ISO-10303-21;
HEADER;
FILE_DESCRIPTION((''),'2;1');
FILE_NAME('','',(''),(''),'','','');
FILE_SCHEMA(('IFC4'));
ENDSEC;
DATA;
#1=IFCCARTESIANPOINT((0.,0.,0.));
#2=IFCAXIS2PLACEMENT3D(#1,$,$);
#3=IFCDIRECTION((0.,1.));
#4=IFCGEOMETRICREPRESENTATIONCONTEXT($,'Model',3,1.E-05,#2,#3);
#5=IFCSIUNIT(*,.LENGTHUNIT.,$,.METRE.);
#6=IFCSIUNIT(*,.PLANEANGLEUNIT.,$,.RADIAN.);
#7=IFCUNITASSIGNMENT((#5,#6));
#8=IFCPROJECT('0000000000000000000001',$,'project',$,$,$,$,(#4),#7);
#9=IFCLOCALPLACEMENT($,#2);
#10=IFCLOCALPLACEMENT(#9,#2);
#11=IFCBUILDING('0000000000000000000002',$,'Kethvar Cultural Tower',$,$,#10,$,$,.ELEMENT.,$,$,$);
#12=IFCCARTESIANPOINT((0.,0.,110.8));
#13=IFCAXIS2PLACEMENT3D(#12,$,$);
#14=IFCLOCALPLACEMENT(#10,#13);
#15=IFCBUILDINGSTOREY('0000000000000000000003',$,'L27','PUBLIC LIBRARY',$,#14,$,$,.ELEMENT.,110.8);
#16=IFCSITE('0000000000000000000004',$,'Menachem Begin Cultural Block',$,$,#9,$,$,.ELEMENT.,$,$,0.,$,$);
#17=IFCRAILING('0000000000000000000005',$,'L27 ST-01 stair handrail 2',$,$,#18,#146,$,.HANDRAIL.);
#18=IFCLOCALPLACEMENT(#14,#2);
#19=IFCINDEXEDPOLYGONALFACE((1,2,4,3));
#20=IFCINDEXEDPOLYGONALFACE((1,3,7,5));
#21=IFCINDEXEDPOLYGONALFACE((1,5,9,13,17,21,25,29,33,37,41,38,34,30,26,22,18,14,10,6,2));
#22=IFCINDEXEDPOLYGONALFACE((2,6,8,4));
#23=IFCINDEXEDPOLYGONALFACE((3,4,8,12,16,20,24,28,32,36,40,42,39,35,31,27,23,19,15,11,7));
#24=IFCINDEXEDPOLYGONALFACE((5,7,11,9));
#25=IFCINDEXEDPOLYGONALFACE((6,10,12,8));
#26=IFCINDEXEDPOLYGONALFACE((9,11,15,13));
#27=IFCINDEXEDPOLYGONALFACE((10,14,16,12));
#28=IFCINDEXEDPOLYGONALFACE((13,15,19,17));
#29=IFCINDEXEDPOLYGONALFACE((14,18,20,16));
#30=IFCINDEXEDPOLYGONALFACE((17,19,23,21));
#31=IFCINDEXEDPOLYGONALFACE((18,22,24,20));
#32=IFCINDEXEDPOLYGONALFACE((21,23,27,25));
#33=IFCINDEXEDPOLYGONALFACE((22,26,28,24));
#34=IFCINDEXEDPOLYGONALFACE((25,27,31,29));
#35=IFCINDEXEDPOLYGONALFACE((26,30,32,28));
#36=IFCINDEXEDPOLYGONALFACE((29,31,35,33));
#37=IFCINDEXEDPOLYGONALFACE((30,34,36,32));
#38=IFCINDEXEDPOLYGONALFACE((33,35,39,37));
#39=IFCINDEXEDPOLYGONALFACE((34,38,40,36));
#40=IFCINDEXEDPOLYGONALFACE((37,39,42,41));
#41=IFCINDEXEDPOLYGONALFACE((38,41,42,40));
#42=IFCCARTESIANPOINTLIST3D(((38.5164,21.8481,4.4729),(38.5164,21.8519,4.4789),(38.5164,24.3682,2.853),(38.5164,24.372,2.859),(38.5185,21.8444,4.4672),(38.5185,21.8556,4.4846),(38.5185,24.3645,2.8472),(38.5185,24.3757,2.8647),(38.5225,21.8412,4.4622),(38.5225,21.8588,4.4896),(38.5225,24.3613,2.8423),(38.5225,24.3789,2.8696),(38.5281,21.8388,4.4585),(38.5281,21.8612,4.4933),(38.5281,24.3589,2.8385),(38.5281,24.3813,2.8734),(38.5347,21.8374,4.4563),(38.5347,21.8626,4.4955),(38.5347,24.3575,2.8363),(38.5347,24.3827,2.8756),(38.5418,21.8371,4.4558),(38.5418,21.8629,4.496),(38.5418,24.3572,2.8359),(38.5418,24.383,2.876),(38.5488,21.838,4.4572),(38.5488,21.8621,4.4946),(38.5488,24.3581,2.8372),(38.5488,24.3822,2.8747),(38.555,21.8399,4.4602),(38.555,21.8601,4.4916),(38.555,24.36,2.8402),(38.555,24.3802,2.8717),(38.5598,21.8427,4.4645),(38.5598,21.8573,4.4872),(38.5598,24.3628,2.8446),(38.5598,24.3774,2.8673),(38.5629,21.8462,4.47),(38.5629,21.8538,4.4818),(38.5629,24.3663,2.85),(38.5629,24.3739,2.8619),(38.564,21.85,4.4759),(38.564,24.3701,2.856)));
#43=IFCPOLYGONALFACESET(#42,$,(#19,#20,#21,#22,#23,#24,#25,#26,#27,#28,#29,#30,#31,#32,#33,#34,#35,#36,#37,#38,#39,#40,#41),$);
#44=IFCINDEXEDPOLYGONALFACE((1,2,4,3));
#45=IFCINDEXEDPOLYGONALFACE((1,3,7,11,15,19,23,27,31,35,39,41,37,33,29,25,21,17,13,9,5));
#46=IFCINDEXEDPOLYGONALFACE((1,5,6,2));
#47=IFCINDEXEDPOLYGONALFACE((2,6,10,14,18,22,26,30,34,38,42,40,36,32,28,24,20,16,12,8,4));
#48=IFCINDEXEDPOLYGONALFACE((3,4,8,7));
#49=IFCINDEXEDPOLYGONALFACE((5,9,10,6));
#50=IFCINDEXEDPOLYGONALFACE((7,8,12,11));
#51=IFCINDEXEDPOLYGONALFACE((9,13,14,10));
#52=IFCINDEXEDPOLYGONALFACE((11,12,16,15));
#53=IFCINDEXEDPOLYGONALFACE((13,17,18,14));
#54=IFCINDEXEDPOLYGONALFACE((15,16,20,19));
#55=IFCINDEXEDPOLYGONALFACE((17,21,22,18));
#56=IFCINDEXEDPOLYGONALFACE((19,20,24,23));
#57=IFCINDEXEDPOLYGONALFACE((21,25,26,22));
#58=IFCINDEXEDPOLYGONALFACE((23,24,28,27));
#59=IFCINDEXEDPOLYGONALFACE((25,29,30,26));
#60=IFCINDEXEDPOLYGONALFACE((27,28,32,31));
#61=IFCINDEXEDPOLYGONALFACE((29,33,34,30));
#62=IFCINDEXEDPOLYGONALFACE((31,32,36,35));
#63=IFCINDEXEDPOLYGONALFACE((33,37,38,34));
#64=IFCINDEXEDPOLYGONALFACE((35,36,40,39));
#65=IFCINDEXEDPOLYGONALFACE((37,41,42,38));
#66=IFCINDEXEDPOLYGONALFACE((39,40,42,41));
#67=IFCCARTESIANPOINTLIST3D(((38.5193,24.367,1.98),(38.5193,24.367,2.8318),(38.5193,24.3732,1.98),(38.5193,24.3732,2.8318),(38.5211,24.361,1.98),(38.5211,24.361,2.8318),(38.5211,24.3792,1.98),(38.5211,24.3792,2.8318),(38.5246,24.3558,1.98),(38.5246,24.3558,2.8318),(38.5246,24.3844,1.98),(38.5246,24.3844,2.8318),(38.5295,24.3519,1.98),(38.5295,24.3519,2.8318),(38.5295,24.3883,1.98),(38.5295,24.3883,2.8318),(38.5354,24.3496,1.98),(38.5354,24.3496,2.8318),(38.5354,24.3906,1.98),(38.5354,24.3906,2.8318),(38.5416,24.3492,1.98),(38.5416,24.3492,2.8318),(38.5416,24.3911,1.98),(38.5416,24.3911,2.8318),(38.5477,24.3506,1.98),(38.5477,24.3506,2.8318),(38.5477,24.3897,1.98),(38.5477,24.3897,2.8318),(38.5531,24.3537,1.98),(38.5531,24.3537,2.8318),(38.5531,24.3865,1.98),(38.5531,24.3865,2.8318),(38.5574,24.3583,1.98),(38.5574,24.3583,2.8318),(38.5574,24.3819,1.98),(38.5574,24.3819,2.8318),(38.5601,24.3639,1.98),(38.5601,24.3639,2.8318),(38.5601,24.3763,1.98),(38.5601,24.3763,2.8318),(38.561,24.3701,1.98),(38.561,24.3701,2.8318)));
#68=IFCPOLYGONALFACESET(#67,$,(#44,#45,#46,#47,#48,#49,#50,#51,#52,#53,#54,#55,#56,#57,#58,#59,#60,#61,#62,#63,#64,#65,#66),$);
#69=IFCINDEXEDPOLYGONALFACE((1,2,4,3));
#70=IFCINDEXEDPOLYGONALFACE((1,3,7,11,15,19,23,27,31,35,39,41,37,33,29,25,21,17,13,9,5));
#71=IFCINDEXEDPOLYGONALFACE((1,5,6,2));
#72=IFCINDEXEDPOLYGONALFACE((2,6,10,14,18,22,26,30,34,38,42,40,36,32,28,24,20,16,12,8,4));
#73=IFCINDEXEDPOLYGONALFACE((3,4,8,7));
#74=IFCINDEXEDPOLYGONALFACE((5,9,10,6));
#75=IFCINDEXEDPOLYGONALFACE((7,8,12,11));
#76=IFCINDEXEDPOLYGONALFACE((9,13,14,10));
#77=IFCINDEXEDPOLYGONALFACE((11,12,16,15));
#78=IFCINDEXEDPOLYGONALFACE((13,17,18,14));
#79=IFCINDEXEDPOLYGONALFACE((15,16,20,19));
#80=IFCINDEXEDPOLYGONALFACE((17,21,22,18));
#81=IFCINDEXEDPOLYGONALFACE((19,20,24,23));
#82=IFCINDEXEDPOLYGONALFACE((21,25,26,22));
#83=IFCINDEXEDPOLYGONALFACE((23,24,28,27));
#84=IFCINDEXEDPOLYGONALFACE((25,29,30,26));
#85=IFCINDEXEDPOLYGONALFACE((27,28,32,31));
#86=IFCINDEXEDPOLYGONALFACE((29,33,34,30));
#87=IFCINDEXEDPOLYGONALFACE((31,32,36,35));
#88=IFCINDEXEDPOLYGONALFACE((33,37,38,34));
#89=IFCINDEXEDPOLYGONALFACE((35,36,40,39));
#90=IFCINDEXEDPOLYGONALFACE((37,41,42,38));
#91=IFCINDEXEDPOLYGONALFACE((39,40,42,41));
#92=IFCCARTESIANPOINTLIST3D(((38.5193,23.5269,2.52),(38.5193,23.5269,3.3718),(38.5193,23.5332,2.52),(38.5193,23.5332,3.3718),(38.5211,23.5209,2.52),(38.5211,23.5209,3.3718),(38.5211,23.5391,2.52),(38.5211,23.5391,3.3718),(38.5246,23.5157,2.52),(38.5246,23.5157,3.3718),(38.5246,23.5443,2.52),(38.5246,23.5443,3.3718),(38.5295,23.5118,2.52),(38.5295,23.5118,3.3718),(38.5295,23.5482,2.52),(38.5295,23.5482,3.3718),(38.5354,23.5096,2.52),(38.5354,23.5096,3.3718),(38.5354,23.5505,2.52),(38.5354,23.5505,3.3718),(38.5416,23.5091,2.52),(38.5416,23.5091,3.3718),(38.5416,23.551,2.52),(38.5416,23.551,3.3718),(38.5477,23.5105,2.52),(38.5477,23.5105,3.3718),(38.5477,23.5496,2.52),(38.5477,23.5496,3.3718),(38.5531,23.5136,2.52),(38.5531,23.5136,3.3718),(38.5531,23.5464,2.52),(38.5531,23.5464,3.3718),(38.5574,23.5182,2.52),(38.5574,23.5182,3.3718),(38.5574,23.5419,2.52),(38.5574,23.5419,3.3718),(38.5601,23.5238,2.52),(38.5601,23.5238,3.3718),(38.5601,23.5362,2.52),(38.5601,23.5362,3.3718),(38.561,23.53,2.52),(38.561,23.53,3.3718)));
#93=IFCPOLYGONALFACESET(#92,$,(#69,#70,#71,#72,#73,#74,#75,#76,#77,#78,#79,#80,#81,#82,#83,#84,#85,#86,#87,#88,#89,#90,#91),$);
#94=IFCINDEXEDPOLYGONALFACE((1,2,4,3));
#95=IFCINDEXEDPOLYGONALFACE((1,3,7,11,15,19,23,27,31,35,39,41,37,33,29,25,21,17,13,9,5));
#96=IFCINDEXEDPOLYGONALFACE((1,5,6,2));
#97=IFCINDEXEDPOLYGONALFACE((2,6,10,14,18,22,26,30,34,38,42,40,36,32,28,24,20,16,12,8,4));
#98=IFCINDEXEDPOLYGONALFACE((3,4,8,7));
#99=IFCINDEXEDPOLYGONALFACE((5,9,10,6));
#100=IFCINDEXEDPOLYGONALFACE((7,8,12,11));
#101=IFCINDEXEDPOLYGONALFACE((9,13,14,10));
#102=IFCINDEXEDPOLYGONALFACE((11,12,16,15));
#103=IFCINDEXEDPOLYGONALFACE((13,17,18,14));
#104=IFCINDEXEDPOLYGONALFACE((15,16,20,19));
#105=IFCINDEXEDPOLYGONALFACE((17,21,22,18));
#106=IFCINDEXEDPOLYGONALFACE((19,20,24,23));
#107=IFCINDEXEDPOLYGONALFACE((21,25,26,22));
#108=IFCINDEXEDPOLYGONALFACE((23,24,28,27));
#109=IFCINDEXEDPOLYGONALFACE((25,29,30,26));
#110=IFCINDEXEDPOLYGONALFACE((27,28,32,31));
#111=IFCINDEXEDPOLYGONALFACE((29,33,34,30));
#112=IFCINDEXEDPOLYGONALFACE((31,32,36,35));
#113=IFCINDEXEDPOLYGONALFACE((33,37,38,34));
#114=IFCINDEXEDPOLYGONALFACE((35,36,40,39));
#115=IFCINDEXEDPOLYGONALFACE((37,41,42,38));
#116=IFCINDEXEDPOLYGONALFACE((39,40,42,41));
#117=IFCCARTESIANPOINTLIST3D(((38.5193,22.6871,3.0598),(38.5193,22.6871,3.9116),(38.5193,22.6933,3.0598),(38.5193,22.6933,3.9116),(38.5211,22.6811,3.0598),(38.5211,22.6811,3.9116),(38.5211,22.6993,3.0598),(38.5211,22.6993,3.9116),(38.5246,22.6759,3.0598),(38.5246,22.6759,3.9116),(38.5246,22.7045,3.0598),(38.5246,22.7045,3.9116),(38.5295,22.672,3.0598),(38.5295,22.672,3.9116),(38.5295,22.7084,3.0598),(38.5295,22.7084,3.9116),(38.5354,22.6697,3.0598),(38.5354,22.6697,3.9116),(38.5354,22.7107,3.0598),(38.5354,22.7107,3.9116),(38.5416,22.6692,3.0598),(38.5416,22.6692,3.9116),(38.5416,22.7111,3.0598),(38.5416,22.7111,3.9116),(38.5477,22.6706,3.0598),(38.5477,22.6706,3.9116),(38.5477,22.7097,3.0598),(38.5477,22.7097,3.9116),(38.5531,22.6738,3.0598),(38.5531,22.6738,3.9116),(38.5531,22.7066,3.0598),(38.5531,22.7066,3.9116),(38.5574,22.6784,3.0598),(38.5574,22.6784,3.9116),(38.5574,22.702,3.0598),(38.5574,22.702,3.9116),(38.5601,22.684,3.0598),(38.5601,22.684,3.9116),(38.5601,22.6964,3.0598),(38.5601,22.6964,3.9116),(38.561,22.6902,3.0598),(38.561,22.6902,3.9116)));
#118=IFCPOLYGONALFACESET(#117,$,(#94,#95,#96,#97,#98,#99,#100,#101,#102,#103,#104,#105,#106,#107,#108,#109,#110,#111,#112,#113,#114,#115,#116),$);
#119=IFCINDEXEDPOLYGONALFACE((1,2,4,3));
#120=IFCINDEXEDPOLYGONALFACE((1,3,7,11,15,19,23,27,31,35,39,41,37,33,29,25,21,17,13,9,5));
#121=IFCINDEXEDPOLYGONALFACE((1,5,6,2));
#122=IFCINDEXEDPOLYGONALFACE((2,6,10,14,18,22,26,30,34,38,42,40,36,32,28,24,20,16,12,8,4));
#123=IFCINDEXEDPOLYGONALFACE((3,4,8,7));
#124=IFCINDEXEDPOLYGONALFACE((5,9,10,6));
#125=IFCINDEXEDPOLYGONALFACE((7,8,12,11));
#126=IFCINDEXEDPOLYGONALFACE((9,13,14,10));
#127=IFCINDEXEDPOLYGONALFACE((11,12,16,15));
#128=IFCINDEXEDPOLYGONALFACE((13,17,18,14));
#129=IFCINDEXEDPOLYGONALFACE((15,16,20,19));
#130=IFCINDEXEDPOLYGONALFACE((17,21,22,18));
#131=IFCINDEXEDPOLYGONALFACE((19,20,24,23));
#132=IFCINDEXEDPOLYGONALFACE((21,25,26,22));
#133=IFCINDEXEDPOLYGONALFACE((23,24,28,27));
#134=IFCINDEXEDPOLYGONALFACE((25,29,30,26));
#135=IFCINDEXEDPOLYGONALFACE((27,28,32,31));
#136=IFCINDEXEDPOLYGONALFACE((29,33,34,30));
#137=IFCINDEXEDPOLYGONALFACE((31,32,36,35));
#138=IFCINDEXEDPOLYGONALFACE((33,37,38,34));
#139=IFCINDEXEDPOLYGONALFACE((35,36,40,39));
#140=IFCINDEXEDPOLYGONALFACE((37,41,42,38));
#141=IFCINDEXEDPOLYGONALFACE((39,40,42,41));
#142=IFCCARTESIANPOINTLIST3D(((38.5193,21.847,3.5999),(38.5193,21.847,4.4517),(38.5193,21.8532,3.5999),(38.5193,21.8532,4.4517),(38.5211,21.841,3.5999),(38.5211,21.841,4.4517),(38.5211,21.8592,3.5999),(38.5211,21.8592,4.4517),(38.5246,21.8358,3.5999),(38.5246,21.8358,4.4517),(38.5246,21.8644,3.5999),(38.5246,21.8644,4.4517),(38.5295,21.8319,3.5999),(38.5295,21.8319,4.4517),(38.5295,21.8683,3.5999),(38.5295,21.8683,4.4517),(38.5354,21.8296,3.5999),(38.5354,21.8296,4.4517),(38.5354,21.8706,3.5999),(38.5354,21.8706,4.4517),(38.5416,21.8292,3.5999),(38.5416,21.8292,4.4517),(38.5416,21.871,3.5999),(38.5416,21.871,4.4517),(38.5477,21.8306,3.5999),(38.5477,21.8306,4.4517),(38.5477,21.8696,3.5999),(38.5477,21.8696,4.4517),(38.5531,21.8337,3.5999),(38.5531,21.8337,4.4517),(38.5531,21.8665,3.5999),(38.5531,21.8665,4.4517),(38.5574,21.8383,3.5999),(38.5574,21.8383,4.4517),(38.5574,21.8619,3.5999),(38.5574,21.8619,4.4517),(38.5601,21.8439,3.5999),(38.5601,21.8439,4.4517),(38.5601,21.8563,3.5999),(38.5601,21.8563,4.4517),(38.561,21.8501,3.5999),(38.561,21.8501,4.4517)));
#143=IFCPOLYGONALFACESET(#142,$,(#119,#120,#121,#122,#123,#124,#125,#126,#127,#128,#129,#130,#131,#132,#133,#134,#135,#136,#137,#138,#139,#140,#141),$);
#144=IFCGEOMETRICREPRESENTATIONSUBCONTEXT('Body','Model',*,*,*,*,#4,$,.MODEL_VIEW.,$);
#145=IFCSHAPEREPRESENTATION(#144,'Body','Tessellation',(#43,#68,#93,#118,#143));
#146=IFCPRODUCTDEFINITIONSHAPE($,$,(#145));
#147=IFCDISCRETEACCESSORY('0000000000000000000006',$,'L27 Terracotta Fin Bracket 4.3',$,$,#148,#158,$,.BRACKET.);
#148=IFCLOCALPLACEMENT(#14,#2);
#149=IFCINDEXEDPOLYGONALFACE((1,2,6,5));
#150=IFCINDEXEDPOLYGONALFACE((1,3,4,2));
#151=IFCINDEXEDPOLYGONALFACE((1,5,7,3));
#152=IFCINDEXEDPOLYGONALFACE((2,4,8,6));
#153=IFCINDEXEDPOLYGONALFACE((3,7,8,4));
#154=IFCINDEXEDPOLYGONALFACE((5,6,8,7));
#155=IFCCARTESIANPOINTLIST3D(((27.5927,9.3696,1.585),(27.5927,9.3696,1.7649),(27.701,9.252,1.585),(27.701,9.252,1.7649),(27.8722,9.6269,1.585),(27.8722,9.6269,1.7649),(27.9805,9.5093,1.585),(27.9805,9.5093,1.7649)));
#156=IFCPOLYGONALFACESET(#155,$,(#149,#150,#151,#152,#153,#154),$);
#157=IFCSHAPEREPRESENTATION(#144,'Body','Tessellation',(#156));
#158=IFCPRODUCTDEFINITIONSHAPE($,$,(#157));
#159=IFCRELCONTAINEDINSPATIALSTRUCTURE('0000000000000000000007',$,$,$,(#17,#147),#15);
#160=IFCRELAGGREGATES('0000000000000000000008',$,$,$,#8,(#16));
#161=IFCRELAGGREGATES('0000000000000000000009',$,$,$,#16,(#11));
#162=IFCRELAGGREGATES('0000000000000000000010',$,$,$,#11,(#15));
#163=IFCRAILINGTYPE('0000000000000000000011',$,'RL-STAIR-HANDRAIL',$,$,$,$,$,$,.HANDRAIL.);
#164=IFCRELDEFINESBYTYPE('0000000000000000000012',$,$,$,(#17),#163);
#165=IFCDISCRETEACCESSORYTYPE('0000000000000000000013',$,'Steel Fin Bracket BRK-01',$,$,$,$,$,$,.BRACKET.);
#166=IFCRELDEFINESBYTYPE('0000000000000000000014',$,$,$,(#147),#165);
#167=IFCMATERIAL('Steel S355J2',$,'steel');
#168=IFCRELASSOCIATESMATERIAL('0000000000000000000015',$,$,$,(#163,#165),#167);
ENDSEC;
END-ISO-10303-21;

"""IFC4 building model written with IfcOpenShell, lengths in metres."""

from ifc_helpers import new_model, si_unit, direction, frame, origin, origin_2d, place, context, subcontext, project, spatial, rectangle, circle, extrude, source, transform, mapped, material, type_object, element, save


model = new_model("IFC4")

# Units and contexts
model_context = context("Model", 3, precision=1e-05, world=origin(), true_north=direction((0.0, 1.0)))
body_context = subcontext(model_context, "Body", "Model", "MODEL_VIEW")
ifc_project = project(units=[si_unit("LENGTHUNIT", "METRE"), si_unit("PLANEANGLEUNIT", "RADIAN")], contexts=[model_context])

# Site, building, storey
site_placement = place(None, origin())
site = spatial("IfcSite", under=ifc_project, at=site_placement, Name="Menachem Begin Cultural Block", CompositionType="ELEMENT", RefElevation=0.0)
building_placement = place(site_placement, origin())
building = spatial("IfcBuilding", under=site, at=building_placement, Name="Kethvar Cultural Tower", CompositionType="ELEMENT")
storey_placement = place(building_placement, frame((0.0, 0.0, 110.8)))
storey = spatial("IfcBuildingStorey", under=building, at=storey_placement, Name="L27", Description="PUBLIC LIBRARY", CompositionType="ELEMENT", Elevation=110.8)

# Shared definitions
ifc_material_1 = material(Name="Steel S355J2", Category="steel")

# Railing
railing_type_1 = type_object("IfcRailingType", Name="RL-STAIR-HANDRAIL", PredefinedType="HANDRAIL", material=ifc_material_1)
railing_1_placement = place(storey_placement, frame((38.54, 24.3701, 1.98)))
element("IfcRailing", 1, at=railing_1_placement, inside=storey, type_object=railing_type_1, Name="L27 ST-01 stair handrail 2", PredefinedType="HANDRAIL", context=body_context, shape_type="SweptSolid", body=[
    extrude(circle(Radius=0.0239, at=origin_2d()), frame((0.0, 0.0, 0.876), z_axis=(0.0, -0.8412, 0.540725), x_axis=(1.0, 0.0, 0.0)), (0.0, 0.0, 1.0), 2.9958),
    extrude(circle(Radius=0.021, at=origin_2d()), origin(), (0.0, 0.0, 1.0), 0.8518),
    extrude(circle(Radius=0.021, at=origin_2d()), frame((0.0, -0.8401, 0.54)), (0.0, 0.0, 1.0), 0.8518),
    extrude(circle(Radius=0.021, at=origin_2d()), frame((0.0, -1.6799, 1.0798)), (0.0, 0.0, 1.0), 0.8518),
    extrude(circle(Radius=0.021, at=origin_2d()), frame((0.0, -2.52, 1.6199)), (0.0, 0.0, 1.0), 0.8518),
])

# Discrete accessory
discrete_accessory_type = type_object("IfcDiscreteAccessoryType", Name="Steel Fin Bracket BRK-01", PredefinedType="BRACKET", material=ifc_material_1)
shared_shape_1 = source(origin(), body_context, "Body", "SweptSolid", [
    extrude(rectangle(XDim=0.3799, YDim=0.1599, at=origin_2d()), origin(), (0.0, 0.0, 1.0), 0.1799),
])
discrete_accessory_placement = place(storey_placement, frame((27.7866, 9.4395, 1.585), z_axis=(0.0, 0.0, 1.0), x_axis=(-0.735743, -0.677261, 0.0)))
element("IfcDiscreteAccessory", 2, at=discrete_accessory_placement, inside=storey, type_object=discrete_accessory_type, Name="L27 Terracotta Fin Bracket 4.3", PredefinedType="BRACKET", context=body_context, shape_type="MappedRepresentation", body=[
    mapped(shared_shape_1, transform((0.0, 0.0, 0.0), scale=1.0)),
])

save(model, "model.ifc")
